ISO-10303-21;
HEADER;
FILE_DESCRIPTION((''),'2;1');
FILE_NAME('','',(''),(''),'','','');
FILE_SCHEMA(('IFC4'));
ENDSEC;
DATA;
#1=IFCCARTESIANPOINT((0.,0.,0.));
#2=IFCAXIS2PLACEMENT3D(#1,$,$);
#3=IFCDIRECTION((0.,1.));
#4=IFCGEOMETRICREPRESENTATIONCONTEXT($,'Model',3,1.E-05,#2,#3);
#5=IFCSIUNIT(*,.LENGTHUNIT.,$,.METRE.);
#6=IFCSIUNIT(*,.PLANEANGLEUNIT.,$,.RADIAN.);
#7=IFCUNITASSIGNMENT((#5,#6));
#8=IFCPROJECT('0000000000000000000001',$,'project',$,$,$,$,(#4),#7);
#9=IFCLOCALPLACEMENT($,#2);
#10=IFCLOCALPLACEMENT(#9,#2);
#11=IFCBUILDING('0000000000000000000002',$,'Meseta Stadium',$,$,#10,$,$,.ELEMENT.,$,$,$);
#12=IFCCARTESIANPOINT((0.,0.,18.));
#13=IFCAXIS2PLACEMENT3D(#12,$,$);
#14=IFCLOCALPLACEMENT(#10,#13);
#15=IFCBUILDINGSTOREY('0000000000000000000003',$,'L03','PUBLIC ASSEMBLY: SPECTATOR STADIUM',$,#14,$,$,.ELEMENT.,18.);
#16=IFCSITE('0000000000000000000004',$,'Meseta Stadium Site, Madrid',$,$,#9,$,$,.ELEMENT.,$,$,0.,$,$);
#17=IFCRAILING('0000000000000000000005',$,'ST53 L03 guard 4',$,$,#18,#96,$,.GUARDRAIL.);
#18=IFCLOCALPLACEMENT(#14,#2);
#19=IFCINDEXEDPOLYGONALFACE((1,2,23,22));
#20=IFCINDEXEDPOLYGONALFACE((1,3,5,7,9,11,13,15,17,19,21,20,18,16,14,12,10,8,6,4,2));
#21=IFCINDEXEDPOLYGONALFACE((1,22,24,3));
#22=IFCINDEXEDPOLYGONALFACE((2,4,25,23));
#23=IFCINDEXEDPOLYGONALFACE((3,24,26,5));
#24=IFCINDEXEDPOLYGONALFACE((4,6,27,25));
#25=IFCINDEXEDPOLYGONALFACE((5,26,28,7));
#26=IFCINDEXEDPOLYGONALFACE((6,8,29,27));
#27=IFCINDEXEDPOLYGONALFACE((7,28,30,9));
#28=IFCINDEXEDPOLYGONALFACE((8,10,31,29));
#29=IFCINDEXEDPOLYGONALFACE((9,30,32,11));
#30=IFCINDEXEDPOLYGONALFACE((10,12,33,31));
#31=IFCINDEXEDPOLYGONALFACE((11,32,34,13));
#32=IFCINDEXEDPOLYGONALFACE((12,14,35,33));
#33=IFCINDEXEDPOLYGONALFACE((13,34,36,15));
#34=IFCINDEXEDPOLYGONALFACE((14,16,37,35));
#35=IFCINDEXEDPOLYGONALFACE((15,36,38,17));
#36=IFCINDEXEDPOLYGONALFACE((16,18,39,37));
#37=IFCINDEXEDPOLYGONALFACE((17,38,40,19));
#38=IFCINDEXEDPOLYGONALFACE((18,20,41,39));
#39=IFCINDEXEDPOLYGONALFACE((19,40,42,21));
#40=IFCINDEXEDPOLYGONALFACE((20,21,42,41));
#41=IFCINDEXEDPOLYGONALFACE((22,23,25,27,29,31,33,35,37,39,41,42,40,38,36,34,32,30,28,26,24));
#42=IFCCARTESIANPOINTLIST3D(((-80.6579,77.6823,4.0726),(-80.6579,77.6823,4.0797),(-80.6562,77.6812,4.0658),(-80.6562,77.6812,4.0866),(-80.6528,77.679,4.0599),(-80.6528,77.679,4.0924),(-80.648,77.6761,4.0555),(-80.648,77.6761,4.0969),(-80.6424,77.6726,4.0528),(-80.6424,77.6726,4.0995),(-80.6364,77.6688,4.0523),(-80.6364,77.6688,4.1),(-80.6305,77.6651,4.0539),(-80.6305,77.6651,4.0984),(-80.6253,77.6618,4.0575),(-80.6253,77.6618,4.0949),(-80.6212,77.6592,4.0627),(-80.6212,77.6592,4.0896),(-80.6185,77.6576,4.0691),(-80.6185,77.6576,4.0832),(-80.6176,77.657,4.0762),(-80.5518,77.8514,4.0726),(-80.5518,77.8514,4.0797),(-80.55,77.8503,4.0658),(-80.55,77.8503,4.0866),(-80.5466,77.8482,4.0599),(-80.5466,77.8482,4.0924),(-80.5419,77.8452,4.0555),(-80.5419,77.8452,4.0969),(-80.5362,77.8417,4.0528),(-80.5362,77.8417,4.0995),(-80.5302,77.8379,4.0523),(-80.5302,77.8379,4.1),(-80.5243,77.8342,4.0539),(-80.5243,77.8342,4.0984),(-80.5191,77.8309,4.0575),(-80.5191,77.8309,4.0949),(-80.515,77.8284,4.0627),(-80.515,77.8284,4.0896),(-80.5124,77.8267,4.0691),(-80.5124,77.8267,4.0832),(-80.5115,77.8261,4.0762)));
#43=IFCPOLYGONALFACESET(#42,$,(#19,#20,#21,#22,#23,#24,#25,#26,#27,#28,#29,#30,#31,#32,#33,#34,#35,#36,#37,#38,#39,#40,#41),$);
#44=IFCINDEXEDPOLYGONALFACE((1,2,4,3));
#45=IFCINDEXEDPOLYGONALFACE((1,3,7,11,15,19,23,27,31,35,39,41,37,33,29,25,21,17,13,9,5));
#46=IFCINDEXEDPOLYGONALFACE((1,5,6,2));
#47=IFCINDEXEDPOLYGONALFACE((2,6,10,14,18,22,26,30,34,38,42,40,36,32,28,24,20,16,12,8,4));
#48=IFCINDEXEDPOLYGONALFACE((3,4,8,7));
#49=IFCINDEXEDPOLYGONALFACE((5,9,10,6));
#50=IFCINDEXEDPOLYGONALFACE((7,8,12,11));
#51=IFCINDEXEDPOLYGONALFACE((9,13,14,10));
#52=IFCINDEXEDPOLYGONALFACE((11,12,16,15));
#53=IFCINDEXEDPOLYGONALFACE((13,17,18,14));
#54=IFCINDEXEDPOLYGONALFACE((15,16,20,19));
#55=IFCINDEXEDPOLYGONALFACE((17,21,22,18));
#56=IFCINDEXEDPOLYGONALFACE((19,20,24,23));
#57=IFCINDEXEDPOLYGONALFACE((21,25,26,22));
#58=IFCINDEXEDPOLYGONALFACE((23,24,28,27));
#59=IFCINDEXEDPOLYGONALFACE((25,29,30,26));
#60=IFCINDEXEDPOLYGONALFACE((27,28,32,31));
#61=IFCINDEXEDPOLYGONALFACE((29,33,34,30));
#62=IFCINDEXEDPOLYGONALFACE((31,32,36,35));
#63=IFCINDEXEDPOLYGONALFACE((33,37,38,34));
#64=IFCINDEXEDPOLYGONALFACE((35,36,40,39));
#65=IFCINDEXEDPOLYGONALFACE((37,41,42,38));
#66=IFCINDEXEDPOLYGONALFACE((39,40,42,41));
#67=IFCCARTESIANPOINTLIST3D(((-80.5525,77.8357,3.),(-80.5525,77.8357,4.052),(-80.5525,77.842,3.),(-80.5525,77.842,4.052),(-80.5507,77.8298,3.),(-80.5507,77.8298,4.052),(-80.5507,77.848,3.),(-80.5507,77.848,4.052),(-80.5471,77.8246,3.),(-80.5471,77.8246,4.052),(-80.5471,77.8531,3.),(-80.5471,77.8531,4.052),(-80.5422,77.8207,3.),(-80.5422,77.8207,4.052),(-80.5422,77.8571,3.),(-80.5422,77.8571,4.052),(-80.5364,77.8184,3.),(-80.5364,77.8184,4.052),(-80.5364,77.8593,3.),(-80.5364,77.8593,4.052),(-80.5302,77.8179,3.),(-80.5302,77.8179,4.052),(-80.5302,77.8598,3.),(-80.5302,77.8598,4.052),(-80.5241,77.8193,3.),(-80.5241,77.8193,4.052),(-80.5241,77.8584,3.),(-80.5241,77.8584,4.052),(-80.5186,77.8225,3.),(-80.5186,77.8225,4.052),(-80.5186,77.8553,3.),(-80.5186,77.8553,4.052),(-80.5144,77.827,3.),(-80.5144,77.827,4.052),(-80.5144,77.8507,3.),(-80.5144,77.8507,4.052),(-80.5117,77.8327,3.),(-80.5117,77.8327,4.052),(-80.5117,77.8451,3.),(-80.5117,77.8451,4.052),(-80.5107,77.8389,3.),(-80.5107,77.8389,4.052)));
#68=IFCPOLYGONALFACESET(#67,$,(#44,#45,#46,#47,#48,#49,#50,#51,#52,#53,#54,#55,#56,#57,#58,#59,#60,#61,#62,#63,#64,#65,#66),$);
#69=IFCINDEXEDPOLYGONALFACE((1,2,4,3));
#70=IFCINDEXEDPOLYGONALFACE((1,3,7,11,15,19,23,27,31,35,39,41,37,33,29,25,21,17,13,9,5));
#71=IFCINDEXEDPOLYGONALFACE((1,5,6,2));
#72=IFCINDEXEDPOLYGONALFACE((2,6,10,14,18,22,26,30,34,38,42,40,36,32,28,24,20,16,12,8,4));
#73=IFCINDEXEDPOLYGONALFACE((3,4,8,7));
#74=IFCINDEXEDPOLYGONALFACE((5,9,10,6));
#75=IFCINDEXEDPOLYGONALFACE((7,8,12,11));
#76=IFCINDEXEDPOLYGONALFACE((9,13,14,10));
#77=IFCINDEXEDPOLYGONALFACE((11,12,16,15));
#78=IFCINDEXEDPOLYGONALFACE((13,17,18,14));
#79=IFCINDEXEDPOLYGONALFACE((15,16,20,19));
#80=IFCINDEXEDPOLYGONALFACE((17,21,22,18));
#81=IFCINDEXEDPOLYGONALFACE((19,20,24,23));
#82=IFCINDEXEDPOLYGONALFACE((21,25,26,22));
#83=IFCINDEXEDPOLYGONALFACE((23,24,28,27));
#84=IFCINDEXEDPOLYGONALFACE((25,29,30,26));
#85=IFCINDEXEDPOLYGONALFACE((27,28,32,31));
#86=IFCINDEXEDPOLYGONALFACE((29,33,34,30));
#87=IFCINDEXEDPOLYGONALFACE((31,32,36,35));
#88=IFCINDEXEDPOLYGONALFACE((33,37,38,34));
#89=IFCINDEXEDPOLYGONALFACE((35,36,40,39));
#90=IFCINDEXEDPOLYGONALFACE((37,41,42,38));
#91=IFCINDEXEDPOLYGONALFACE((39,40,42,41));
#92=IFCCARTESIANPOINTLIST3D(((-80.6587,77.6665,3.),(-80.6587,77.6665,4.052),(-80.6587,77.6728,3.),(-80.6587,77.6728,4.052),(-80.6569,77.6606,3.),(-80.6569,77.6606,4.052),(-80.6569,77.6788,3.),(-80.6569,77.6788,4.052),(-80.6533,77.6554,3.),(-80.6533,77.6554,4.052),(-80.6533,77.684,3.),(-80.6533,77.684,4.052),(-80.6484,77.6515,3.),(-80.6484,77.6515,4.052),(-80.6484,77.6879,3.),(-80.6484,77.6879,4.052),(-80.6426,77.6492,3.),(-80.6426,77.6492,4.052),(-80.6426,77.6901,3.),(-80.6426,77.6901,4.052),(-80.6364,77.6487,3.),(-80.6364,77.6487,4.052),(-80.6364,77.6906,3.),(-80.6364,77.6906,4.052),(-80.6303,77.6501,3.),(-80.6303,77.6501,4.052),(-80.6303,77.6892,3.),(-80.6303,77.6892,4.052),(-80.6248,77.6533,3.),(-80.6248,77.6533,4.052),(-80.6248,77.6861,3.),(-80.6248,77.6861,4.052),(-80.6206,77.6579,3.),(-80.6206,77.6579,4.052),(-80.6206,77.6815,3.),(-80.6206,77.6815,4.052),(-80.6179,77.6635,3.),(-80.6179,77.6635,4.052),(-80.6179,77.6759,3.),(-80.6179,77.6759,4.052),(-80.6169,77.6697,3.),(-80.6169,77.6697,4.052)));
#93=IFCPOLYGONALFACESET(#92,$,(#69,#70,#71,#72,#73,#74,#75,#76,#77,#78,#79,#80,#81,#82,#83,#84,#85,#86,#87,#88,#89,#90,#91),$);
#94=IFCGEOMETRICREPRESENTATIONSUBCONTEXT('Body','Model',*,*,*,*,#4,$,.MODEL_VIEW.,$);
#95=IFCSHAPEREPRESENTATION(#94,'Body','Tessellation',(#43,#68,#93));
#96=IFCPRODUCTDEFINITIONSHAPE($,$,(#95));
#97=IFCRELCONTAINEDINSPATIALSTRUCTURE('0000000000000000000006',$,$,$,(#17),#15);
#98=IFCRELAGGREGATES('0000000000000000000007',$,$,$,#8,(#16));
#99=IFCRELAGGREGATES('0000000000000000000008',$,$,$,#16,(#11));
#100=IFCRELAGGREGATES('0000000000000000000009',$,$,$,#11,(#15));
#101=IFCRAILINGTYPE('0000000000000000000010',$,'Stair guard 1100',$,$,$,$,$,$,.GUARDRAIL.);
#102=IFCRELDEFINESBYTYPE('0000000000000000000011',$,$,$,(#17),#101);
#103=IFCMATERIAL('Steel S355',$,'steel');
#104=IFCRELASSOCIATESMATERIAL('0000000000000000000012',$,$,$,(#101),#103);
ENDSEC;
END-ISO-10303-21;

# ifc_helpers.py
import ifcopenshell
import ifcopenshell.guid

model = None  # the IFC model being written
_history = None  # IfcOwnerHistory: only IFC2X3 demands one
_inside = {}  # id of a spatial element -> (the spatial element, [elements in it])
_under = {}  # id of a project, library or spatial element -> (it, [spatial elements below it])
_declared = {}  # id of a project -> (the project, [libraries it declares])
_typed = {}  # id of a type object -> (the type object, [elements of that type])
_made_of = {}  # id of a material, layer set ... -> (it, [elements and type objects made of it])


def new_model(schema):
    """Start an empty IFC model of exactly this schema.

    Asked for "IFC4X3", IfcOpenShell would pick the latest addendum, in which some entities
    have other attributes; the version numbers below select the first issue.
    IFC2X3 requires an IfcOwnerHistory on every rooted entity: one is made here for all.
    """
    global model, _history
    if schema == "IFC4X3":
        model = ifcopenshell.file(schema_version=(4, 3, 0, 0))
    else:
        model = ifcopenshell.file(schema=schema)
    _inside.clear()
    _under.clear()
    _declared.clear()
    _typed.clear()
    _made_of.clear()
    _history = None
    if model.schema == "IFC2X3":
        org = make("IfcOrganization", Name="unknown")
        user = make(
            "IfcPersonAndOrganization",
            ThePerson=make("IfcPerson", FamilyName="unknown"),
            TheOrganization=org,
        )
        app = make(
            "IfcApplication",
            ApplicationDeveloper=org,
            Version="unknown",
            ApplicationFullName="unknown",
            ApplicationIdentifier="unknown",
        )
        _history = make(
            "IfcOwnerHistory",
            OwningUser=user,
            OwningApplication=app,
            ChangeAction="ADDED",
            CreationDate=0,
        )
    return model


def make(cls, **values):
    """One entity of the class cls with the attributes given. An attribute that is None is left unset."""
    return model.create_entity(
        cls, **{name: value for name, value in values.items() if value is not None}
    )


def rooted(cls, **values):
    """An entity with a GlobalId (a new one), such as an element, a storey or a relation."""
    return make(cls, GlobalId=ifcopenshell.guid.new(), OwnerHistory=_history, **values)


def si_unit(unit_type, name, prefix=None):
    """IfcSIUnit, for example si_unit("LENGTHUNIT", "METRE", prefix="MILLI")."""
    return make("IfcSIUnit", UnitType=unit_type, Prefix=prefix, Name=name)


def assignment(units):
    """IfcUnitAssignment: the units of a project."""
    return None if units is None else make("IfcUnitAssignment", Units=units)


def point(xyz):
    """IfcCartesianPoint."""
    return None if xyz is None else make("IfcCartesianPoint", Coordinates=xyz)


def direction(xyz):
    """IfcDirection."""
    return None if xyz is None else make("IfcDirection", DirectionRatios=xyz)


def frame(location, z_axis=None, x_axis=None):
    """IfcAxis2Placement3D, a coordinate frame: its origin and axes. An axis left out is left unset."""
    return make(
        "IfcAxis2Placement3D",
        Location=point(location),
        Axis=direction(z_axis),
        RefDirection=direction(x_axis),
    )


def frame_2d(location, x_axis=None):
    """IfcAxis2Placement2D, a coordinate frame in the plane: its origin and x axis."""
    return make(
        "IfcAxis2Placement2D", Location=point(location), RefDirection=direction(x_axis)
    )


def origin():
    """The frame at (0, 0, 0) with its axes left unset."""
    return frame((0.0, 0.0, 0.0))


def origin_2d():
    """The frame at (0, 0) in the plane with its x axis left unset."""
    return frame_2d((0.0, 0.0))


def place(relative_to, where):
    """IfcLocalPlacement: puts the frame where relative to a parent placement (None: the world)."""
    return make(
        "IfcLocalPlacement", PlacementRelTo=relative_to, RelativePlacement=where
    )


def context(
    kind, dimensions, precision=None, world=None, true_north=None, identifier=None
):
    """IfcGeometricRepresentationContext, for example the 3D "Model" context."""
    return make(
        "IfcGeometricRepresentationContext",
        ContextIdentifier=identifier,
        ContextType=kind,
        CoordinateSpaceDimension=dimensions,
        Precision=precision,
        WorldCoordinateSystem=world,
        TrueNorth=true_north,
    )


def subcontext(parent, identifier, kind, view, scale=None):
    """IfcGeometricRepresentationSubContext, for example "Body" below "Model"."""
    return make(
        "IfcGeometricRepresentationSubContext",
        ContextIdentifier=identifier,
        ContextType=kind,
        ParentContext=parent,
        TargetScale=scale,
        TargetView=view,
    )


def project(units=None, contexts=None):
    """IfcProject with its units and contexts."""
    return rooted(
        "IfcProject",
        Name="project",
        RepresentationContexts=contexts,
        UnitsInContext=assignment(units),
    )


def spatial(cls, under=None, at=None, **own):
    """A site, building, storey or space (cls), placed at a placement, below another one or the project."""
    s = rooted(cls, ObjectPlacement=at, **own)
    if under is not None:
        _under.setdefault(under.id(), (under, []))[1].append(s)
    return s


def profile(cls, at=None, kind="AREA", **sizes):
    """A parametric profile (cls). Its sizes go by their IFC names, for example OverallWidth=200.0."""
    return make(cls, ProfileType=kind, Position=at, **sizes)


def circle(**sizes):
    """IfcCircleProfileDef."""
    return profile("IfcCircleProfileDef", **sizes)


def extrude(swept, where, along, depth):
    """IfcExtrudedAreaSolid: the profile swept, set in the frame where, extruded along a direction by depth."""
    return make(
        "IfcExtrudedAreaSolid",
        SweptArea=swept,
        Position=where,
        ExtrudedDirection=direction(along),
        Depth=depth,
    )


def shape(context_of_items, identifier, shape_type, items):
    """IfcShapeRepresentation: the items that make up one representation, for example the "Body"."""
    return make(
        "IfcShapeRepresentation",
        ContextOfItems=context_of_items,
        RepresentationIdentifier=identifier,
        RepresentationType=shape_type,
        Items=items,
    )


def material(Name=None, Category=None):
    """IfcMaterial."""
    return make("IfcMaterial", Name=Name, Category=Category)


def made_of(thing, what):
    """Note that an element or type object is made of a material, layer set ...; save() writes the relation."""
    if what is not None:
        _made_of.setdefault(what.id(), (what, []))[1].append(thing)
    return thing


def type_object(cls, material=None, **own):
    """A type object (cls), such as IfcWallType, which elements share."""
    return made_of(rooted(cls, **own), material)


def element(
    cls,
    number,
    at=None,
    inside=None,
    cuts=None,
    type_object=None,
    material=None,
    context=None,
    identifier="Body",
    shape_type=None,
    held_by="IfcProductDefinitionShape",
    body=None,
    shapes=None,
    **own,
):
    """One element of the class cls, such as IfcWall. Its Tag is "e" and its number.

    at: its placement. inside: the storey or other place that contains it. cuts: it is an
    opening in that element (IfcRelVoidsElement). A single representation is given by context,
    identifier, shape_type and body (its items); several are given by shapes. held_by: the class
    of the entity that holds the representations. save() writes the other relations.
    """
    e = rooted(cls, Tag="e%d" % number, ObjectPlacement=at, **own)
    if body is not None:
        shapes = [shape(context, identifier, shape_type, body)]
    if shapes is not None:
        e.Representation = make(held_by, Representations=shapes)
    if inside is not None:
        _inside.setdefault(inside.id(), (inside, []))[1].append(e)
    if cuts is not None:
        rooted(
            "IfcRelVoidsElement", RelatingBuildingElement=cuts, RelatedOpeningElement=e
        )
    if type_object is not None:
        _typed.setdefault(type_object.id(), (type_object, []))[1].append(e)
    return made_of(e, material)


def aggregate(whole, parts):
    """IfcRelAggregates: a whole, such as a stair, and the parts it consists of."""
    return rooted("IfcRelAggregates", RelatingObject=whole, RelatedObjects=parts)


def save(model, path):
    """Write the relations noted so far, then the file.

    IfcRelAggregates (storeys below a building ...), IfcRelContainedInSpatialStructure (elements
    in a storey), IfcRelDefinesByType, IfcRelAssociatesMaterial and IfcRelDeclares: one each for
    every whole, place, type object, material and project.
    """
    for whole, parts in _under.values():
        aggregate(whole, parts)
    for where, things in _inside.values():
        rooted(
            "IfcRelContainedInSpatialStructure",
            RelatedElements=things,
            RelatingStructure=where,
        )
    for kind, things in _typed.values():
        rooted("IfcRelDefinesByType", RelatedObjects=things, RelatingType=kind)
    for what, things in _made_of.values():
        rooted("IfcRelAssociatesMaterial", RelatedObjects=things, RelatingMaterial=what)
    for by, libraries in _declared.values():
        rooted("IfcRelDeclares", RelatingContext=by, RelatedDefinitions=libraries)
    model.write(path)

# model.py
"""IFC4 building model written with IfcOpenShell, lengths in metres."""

from ifc_helpers import new_model, si_unit, direction, frame, origin, origin_2d, place, context, subcontext, project, spatial, circle, extrude, material, type_object, element, save


model = new_model("IFC4")

# Units and contexts
model_context = context("Model", 3, precision=1e-05, world=origin(), true_north=direction((0.0, 1.0)))
body_context = subcontext(model_context, "Body", "Model", "MODEL_VIEW")
ifc_project = project(units=[si_unit("LENGTHUNIT", "METRE"), si_unit("PLANEANGLEUNIT", "RADIAN")], contexts=[model_context])

# Site, building, storey
site_placement = place(None, origin())
site = spatial("IfcSite", under=ifc_project, at=site_placement, Name="Meseta Stadium Site, Madrid", CompositionType="ELEMENT", RefElevation=0.0)
building_placement = place(site_placement, origin())
building = spatial("IfcBuilding", under=site, at=building_placement, Name="Meseta Stadium", CompositionType="ELEMENT")
storey_placement = place(building_placement, frame((0.0, 0.0, 18.0)))
storey = spatial("IfcBuildingStorey", under=building, at=storey_placement, Name="L03", Description="PUBLIC ASSEMBLY: SPECTATOR STADIUM", CompositionType="ELEMENT", Elevation=18.0)

# Railing
ifc_material_1 = material(Name="Steel S355", Category="steel")
railing_type_1 = type_object("IfcRailingType", Name="Stair guard 1100", PredefinedType="GUARDRAIL", material=ifc_material_1)
railing_1_placement = place(storey_placement, frame((-80.5317, 77.8389, 3.0)))
element("IfcRailing", 1, at=railing_1_placement, inside=storey, type_object=railing_type_1, Name="ST53 L03 guard 4", PredefinedType="GUARDRAIL", context=body_context, shape_type="SweptSolid", body=[
    extrude(circle(Radius=0.0239, at=origin_2d()), frame((0.0, 0.0, 1.0762), z_axis=(-0.531646, -0.846967, 0.0), x_axis=(0.846967, -0.531646, 0.0)), (0.0, 0.0, 1.0), 0.1997),
    extrude(circle(Radius=0.021, at=origin_2d()), origin(), (0.0, 0.0, 1.0), 1.052),
    extrude(circle(Radius=0.021, at=origin_2d()), frame((-0.1062, -0.1692, 0.0)), (0.0, 0.0, 1.0), 1.052),
])

save(model, "model.ifc")
